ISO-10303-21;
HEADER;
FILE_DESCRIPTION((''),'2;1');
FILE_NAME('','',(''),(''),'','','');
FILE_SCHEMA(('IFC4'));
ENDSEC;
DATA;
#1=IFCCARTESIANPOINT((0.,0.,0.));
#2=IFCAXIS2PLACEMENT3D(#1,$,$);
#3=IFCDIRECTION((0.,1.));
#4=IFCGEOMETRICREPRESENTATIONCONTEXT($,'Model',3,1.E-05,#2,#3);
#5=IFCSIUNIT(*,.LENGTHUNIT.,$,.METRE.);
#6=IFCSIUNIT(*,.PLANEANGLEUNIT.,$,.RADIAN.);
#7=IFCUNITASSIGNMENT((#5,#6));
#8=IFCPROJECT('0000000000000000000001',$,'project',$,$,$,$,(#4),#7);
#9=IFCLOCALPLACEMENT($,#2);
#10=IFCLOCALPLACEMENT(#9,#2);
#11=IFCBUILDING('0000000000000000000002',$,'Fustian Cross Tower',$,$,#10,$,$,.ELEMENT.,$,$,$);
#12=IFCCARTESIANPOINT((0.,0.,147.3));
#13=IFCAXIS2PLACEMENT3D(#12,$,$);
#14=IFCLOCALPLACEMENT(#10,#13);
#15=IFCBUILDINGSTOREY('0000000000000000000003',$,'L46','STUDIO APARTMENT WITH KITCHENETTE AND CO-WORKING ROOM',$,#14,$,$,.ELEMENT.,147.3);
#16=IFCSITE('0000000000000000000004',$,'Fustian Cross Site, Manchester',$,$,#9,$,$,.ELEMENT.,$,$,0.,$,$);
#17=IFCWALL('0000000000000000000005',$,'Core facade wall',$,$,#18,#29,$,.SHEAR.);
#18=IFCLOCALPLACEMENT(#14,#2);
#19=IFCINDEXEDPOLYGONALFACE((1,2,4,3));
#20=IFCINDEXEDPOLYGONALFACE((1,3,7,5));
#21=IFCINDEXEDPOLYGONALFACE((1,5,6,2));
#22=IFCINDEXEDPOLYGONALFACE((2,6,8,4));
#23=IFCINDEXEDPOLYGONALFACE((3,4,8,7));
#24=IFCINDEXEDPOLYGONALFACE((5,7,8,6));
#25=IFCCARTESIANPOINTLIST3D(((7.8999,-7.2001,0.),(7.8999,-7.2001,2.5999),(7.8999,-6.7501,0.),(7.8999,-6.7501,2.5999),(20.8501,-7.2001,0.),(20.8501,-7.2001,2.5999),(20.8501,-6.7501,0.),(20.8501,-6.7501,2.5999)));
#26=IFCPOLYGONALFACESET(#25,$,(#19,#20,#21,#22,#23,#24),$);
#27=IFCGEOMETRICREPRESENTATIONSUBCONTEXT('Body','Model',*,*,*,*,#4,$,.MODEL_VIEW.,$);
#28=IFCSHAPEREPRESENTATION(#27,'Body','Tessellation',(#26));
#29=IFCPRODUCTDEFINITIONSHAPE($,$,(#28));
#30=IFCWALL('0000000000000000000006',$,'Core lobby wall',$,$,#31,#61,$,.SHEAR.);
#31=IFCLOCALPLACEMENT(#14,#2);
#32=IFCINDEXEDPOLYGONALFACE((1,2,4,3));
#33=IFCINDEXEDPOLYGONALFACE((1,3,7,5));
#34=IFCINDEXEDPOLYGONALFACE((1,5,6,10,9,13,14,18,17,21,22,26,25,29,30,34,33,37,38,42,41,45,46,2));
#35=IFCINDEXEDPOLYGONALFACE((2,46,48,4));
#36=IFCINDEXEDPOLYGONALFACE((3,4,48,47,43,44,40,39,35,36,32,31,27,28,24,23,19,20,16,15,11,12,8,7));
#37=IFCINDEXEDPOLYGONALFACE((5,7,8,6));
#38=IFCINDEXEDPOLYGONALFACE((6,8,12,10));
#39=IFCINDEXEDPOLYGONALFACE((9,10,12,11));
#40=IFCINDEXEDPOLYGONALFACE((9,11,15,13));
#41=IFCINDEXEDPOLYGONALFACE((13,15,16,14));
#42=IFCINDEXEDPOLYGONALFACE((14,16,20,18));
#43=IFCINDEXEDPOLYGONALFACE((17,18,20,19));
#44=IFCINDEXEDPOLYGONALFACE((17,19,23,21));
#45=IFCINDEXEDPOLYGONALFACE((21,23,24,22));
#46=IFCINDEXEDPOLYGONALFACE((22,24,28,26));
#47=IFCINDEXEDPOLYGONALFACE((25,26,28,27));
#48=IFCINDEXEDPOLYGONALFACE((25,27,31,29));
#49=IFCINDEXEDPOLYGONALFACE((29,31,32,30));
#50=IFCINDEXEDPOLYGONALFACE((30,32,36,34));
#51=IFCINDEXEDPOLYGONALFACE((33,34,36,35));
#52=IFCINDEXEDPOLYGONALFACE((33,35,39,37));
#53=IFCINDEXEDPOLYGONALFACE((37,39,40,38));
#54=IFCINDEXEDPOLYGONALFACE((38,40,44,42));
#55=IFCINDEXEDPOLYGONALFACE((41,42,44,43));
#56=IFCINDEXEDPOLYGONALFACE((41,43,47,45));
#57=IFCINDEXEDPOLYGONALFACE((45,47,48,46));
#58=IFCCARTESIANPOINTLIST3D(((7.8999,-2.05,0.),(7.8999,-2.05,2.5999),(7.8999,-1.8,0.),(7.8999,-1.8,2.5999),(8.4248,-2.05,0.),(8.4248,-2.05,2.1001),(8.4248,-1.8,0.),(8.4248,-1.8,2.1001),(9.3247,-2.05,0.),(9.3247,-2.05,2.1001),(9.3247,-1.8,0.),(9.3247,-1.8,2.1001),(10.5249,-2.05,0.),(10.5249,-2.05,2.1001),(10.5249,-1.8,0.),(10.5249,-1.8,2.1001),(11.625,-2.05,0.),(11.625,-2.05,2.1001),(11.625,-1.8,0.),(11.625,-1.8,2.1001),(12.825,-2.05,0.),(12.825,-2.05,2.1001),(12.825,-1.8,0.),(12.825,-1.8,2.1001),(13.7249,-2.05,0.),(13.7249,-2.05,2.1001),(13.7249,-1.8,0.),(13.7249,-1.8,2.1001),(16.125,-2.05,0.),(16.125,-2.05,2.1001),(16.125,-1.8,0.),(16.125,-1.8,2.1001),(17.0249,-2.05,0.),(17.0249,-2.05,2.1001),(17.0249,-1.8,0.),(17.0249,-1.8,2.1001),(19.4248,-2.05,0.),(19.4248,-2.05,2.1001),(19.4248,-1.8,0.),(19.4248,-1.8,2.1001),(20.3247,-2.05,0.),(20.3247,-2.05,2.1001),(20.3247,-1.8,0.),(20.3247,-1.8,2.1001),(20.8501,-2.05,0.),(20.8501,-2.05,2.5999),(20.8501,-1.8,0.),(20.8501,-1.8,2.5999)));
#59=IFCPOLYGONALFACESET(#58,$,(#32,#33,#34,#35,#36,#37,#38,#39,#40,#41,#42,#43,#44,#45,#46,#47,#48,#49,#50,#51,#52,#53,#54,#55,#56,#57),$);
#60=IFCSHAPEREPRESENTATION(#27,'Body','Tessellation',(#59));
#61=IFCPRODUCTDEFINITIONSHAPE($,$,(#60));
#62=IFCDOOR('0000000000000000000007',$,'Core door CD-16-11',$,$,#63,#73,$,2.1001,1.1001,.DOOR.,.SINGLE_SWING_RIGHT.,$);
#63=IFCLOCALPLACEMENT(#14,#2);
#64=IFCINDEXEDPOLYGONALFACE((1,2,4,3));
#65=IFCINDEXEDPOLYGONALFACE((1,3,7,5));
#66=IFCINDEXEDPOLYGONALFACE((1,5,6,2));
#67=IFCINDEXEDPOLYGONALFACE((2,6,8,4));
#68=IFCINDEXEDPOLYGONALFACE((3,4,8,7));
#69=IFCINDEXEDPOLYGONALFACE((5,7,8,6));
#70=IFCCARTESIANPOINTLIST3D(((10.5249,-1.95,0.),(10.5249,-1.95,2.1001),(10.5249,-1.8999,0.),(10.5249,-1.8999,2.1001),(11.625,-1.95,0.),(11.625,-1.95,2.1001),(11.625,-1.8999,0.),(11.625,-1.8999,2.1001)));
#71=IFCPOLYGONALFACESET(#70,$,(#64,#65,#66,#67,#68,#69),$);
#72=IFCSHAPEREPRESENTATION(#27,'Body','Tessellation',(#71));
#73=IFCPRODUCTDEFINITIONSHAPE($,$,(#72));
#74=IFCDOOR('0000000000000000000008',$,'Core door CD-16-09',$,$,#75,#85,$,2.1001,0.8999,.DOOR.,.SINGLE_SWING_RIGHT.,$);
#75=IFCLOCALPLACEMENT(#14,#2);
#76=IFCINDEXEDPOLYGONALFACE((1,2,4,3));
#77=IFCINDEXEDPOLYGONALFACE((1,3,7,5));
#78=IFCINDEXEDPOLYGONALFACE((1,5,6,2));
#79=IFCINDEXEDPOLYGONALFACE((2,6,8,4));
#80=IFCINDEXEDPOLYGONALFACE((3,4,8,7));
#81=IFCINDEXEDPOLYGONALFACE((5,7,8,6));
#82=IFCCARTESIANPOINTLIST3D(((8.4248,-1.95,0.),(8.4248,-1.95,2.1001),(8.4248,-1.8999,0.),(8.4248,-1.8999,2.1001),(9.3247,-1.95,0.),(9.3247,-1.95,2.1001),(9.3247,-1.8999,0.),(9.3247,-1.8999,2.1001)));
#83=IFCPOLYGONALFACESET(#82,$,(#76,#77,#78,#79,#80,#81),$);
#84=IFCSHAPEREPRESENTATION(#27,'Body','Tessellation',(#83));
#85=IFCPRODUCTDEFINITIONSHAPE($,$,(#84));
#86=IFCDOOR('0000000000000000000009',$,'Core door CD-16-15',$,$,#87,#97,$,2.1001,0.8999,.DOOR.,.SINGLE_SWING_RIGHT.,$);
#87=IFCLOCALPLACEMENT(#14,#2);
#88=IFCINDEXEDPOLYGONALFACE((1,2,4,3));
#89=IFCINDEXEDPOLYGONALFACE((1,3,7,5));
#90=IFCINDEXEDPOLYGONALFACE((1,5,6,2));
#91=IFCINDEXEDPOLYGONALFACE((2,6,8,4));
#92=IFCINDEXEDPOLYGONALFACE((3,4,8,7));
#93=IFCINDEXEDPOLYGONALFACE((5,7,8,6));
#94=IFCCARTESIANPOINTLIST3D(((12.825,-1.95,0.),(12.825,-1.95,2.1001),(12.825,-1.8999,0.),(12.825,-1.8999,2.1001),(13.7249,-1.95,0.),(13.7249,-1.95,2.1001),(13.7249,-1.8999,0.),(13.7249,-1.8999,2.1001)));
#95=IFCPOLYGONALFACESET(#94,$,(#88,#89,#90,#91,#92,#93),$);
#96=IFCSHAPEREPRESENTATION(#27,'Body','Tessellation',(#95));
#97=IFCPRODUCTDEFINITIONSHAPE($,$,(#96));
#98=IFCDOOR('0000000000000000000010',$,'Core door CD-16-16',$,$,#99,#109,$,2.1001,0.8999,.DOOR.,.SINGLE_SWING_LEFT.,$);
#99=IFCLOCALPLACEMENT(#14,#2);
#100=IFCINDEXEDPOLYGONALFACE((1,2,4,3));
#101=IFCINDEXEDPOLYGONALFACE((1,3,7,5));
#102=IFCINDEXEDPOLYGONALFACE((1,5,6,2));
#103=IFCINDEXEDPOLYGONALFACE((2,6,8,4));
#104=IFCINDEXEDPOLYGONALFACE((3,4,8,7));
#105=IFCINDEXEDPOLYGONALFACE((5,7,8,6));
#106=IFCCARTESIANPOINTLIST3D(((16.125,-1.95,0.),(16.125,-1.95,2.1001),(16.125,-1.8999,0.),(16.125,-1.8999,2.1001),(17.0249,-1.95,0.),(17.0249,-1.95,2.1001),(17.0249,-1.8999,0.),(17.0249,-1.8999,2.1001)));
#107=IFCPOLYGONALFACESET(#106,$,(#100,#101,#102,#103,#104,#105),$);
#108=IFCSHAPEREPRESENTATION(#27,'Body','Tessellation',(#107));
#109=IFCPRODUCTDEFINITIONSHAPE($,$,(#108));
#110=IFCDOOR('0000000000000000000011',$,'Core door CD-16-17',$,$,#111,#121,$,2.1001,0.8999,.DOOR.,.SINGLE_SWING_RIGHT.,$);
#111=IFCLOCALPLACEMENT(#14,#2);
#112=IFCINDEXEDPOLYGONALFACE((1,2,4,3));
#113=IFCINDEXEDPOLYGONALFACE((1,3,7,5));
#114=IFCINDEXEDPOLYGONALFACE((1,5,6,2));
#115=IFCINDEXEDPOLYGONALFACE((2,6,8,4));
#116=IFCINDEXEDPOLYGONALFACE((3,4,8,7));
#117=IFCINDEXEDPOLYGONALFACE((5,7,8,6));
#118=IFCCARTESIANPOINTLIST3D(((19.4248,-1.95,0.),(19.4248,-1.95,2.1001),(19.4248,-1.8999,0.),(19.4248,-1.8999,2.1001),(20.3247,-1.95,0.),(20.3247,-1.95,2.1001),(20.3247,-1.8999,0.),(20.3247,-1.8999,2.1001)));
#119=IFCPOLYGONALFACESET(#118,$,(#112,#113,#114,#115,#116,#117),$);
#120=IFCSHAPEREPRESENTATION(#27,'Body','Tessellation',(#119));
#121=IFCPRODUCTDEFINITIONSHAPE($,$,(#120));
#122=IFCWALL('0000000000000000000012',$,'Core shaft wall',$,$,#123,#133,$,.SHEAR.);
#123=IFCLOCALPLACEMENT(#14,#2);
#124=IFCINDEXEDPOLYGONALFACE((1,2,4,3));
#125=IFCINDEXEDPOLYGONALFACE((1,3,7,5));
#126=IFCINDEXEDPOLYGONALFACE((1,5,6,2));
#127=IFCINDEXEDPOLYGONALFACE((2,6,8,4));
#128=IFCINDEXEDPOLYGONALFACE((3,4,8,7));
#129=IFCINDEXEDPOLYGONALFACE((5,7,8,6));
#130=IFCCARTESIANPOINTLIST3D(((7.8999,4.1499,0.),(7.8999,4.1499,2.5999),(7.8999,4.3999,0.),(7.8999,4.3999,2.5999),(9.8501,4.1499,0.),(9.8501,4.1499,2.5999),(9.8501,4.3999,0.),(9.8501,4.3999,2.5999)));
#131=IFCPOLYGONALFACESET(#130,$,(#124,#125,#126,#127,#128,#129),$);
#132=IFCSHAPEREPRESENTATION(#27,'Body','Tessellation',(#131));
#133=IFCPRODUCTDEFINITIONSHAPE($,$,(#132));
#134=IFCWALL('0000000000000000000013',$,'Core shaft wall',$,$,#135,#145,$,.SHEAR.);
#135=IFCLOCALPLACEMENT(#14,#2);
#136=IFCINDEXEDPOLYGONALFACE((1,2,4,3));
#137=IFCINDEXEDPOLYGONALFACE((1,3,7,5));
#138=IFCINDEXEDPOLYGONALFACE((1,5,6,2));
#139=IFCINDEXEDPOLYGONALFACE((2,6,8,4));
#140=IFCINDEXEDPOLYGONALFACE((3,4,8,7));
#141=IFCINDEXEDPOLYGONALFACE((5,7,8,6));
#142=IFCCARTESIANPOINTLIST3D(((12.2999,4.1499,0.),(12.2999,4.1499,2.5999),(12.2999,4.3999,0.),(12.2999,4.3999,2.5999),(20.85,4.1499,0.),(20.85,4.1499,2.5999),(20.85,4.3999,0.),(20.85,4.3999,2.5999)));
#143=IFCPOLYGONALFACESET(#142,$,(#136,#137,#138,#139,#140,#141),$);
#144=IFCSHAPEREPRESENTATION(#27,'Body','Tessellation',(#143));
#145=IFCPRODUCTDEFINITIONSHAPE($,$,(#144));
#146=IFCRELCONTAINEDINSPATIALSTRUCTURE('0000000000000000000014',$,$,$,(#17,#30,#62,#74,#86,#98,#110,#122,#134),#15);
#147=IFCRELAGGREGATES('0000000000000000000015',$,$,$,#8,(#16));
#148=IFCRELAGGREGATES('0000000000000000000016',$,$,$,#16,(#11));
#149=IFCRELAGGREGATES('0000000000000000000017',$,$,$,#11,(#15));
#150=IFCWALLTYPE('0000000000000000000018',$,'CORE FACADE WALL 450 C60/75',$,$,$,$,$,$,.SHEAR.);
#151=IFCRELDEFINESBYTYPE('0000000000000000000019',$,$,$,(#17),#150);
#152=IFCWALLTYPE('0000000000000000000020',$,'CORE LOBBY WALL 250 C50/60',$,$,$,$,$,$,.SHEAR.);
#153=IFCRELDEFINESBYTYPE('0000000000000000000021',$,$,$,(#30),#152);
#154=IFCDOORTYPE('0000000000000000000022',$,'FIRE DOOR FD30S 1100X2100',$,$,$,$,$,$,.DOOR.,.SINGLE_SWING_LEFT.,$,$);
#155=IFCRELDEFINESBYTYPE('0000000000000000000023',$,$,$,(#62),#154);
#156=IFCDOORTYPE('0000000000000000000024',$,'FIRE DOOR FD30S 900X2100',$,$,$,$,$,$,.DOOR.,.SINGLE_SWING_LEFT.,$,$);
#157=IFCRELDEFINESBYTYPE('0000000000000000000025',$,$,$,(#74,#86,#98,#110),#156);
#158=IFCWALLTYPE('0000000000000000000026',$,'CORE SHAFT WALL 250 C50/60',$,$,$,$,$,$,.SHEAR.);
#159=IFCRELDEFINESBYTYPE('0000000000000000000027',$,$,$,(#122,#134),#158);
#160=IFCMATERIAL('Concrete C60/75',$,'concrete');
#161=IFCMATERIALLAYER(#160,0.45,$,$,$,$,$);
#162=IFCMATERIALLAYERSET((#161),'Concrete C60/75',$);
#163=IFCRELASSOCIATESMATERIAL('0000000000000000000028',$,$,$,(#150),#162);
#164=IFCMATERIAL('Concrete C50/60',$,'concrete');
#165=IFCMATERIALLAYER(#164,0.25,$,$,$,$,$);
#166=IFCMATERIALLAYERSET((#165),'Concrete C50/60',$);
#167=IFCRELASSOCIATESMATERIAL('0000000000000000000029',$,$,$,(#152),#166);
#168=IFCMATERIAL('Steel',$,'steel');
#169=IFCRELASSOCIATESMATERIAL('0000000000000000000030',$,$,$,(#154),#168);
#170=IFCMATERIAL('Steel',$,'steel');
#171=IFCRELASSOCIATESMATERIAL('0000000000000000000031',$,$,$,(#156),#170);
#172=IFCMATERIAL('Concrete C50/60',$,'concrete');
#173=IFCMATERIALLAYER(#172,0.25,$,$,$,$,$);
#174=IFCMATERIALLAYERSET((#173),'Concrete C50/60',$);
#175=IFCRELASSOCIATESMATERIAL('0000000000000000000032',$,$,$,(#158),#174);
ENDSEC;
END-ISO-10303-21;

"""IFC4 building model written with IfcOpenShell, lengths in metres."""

from ifc_helpers import new_model, si_unit, direction, frame, frame_2d, origin, place, context, subcontext, project, spatial, rectangle, extrude, material, layer, layer_set, type_object, element, fill, save


model = new_model("IFC4")

# Units and contexts
model_context = context("Model", 3, precision=1e-05, world=origin(), true_north=direction((0.0, 1.0)))
body_context = subcontext(model_context, "Body", "Model", "MODEL_VIEW")
ifc_project = project(units=[si_unit("LENGTHUNIT", "METRE"), si_unit("PLANEANGLEUNIT", "RADIAN")], contexts=[model_context])

# Site, building, storey
site_placement = place(None, origin())
site = spatial("IfcSite", under=ifc_project, at=site_placement, Name="Fustian Cross Site, Manchester", CompositionType="ELEMENT", RefElevation=0.0)
building_placement = place(site_placement, origin())
building = spatial("IfcBuilding", under=site, at=building_placement, Name="Fustian Cross Tower", CompositionType="ELEMENT")
storey_placement = place(building_placement, frame((0.0, 0.0, 147.3)))
storey = spatial("IfcBuildingStorey", under=building, at=storey_placement, Name="L46", Description="STUDIO APARTMENT WITH KITCHENETTE AND CO-WORKING ROOM", CompositionType="ELEMENT", Elevation=147.3)

# Wall
ifc_material_1 = material(Name="Concrete C60/75", Category="concrete")
ifc_layer_1 = layer(ifc_material_1, 0.45)
ifc_layer_set_1 = layer_set([ifc_layer_1], Name="Concrete C60/75")
wall_type_1 = type_object("IfcWallType", Name="CORE FACADE WALL 450 C60/75", PredefinedType="SHEAR", material=ifc_layer_set_1)
wall_1_placement = place(storey_placement, frame((7.8999, -6.9751, 0.0), z_axis=(0.0, 0.0, 1.0), x_axis=(1.0, 0.0, 0.0)))
element("IfcWall", 1, at=wall_1_placement, inside=storey, type_object=wall_type_1, Name="Core facade wall", PredefinedType="SHEAR", context=body_context, shape_type="SweptSolid", body=[
    extrude(rectangle(XDim=12.9502, YDim=0.45, at=frame_2d((6.4751, 0.0))), origin(), (0.0, 0.0, 1.0), 2.5999),
])

# Wall, openings, doors
ifc_material_2 = material(Name="Concrete C50/60", Category="concrete")
ifc_layer_2 = layer(ifc_material_2, 0.25)
ifc_layer_set_2 = layer_set([ifc_layer_2], Name="Concrete C50/60")
wall_type_2 = type_object("IfcWallType", Name="CORE LOBBY WALL 250 C50/60", PredefinedType="SHEAR", material=ifc_layer_set_2)
wall_2_placement = place(storey_placement, frame((7.8999, -1.925, 0.0), z_axis=(0.0, 0.0, 1.0), x_axis=(1.0, 0.0, 0.0)))
wall_2 = element("IfcWall", 2, at=wall_2_placement, inside=storey, type_object=wall_type_2, Name="Core lobby wall", PredefinedType="SHEAR", context=body_context, shape_type="SweptSolid", body=[
    extrude(rectangle(XDim=12.9502, YDim=0.25, at=frame_2d((6.4751, 0.0))), origin(), (0.0, 0.0, 1.0), 2.5999),
])
opening_1_placement = place(wall_2_placement, frame((0.5249, 0.0, 0.0)))
opening_1 = element("IfcOpeningElement", 3, at=opening_1_placement, cuts=wall_2, PredefinedType="OPENING", context=body_context, shape_type="SweptSolid", body=[
    extrude(rectangle(XDim=0.8999, YDim=2.1001, at=frame_2d((0.45, 1.05))), frame((0.0, 0.135, 0.0), z_axis=(0.0, -1.0, 0.0), x_axis=(1.0, 0.0, 0.0)), (0.0, 0.0, 1.0), 0.27),
])
opening_2_placement = place(wall_2_placement, frame((2.625, 0.0, 0.0)))
opening_2 = element("IfcOpeningElement", 4, at=opening_2_placement, cuts=wall_2, PredefinedType="OPENING", context=body_context, shape_type="SweptSolid", body=[
    extrude(rectangle(XDim=1.1001, YDim=2.1001, at=frame_2d((0.55, 1.05))), frame((0.0, 0.135, 0.0), z_axis=(0.0, -1.0, 0.0), x_axis=(1.0, 0.0, 0.0)), (0.0, 0.0, 1.0), 0.27),
])
opening_3_placement = place(wall_2_placement, frame((4.925, 0.0, 0.0)))
opening_3 = element("IfcOpeningElement", 5, at=opening_3_placement, cuts=wall_2, PredefinedType="OPENING", context=body_context, shape_type="SweptSolid", body=[
    extrude(rectangle(XDim=0.8999, YDim=2.1001, at=frame_2d((0.45, 1.05))), frame((0.0, 0.135, 0.0), z_axis=(0.0, -1.0, 0.0), x_axis=(1.0, 0.0, 0.0)), (0.0, 0.0, 1.0), 0.27),
])
opening_4_placement = place(wall_2_placement, frame((8.2251, 0.0, 0.0)))
opening_4 = element("IfcOpeningElement", 6, at=opening_4_placement, cuts=wall_2, PredefinedType="OPENING", context=body_context, shape_type="SweptSolid", body=[
    extrude(rectangle(XDim=0.8999, YDim=2.1001, at=frame_2d((0.45, 1.05))), frame((0.0, 0.135, 0.0), z_axis=(0.0, -1.0, 0.0), x_axis=(1.0, 0.0, 0.0)), (0.0, 0.0, 1.0), 0.27),
])
opening_5_placement = place(wall_2_placement, frame((11.5249, 0.0, 0.0)))
opening_5 = element("IfcOpeningElement", 7, at=opening_5_placement, cuts=wall_2, PredefinedType="OPENING", context=body_context, shape_type="SweptSolid", body=[
    extrude(rectangle(XDim=0.8999, YDim=2.1001, at=frame_2d((0.45, 1.05))), frame((0.0, 0.135, 0.0), z_axis=(0.0, -1.0, 0.0), x_axis=(1.0, 0.0, 0.0)), (0.0, 0.0, 1.0), 0.27),
])
ifc_material_3 = material(Name="Steel", Category="steel")
door_type_1 = type_object("IfcDoorType", Name="FIRE DOOR FD30S 1100X2100", OperationType="SINGLE_SWING_LEFT", PredefinedType="DOOR", material=ifc_material_3)
door_1_placement = place(opening_2_placement, frame((1.1001, 0.0, 0.0), z_axis=(0.0, 0.0, 1.0), x_axis=(-1.0, 0.0, 0.0)))
door_1 = element("IfcDoor", 8, at=door_1_placement, inside=storey, type_object=door_type_1, Name="Core door CD-16-11", OperationType="SINGLE_SWING_RIGHT", OverallHeight=2.1001, OverallWidth=1.1001, PredefinedType="DOOR", context=body_context, shape_type="SweptSolid", body=[
    extrude(rectangle(XDim=1.1001, YDim=2.1001, at=frame_2d((0.55, 1.05))), frame((0.0, 0.0249, 0.0), z_axis=(0.0, -1.0, 0.0), x_axis=(1.0, 0.0, 0.0)), (0.0, 0.0, 1.0), 0.05),
])
fill(opening_2, door_1)
ifc_material_4 = material(Name="Steel", Category="steel")
door_type_2 = type_object("IfcDoorType", Name="FIRE DOOR FD30S 900X2100", OperationType="SINGLE_SWING_LEFT", PredefinedType="DOOR", material=ifc_material_4)
door_2_placement = place(opening_1_placement, frame((0.8999, 0.0, 0.0), z_axis=(0.0, 0.0, 1.0), x_axis=(-1.0, 0.0, 0.0)))
door_2 = element("IfcDoor", 9, at=door_2_placement, inside=storey, type_object=door_type_2, Name="Core door CD-16-09", OperationType="SINGLE_SWING_RIGHT", OverallHeight=2.1001, OverallWidth=0.8999, PredefinedType="DOOR", context=body_context, shape_type="SweptSolid", body=[
    extrude(rectangle(XDim=0.8999, YDim=2.1001, at=frame_2d((0.45, 1.05))), frame((0.0, 0.0249, 0.0), z_axis=(0.0, -1.0, 0.0), x_axis=(1.0, 0.0, 0.0)), (0.0, 0.0, 1.0), 0.05),
])
fill(opening_1, door_2)
door_3_placement = place(opening_3_placement, frame((0.8999, 0.0, 0.0), z_axis=(0.0, 0.0, 1.0), x_axis=(-1.0, 0.0, 0.0)))
door_3 = element("IfcDoor", 10, at=door_3_placement, inside=storey, type_object=door_type_2, Name="Core door CD-16-15", OperationType="SINGLE_SWING_RIGHT", OverallHeight=2.1001, OverallWidth=0.8999, PredefinedType="DOOR", context=body_context, shape_type="SweptSolid", body=[
    extrude(rectangle(XDim=0.8999, YDim=2.1001, at=frame_2d((0.45, 1.05))), frame((0.0, 0.0249, 0.0), z_axis=(0.0, -1.0, 0.0), x_axis=(1.0, 0.0, 0.0)), (0.0, 0.0, 1.0), 0.05),
])
fill(opening_3, door_3)
door_4_placement = place(opening_4_placement, frame((0.8999, 0.0, 0.0), z_axis=(0.0, 0.0, 1.0), x_axis=(-1.0, 0.0, 0.0)))
door_4 = element("IfcDoor", 11, at=door_4_placement, inside=storey, type_object=door_type_2, Name="Core door CD-16-16", OperationType="SINGLE_SWING_LEFT", OverallHeight=2.1001, OverallWidth=0.8999, PredefinedType="DOOR", context=body_context, shape_type="SweptSolid", body=[
    extrude(rectangle(XDim=0.8999, YDim=2.1001, at=frame_2d((0.45, 1.05))), frame((0.0, 0.0249, 0.0), z_axis=(0.0, -1.0, 0.0), x_axis=(1.0, 0.0, 0.0)), (0.0, 0.0, 1.0), 0.05),
])
fill(opening_4, door_4)
door_5_placement = place(opening_5_placement, frame((0.8999, 0.0, 0.0), z_axis=(0.0, 0.0, 1.0), x_axis=(-1.0, 0.0, 0.0)))
door_5 = element("IfcDoor", 12, at=door_5_placement, inside=storey, type_object=door_type_2, Name="Core door CD-16-17", OperationType="SINGLE_SWING_RIGHT", OverallHeight=2.1001, OverallWidth=0.8999, PredefinedType="DOOR", context=body_context, shape_type="SweptSolid", body=[
    extrude(rectangle(XDim=0.8999, YDim=2.1001, at=frame_2d((0.45, 1.05))), frame((0.0, 0.0249, 0.0), z_axis=(0.0, -1.0, 0.0), x_axis=(1.0, 0.0, 0.0)), (0.0, 0.0, 1.0), 0.05),
])
fill(opening_5, door_5)

# Walls
ifc_material_5 = material(Name="Concrete C50/60", Category="concrete")
ifc_layer_3 = layer(ifc_material_5, 0.25)
ifc_layer_set_3 = layer_set([ifc_layer_3], Name="Concrete C50/60")
wall_type_3 = type_object("IfcWallType", Name="CORE SHAFT WALL 250 C50/60", PredefinedType="SHEAR", material=ifc_layer_set_3)
wall_3_placement = place(storey_placement, frame((7.8999, 4.2749, 0.0), z_axis=(0.0, 0.0, 1.0), x_axis=(1.0, 0.0, 0.0)))
element("IfcWall", 13, at=wall_3_placement, inside=storey, type_object=wall_type_3, Name="Core shaft wall", PredefinedType="SHEAR", context=body_context, shape_type="SweptSolid", body=[
    extrude(rectangle(XDim=1.9502, YDim=0.25, at=frame_2d((0.9751, 0.0))), origin(), (0.0, 0.0, 1.0), 2.5999),
])
wall_4_placement = place(storey_placement, frame((12.3, 4.2749, 0.0), z_axis=(0.0, 0.0, 1.0), x_axis=(1.0, 0.0, 0.0)))
element("IfcWall", 14, at=wall_4_placement, inside=storey, type_object=wall_type_3, Name="Core shaft wall", PredefinedType="SHEAR", context=body_context, shape_type="SweptSolid", body=[
    extrude(rectangle(XDim=8.55, YDim=0.25, at=frame_2d((4.2749, 0.0))), origin(), (0.0, 0.0, 1.0), 2.5999),
])

save(model, "model.ifc")
